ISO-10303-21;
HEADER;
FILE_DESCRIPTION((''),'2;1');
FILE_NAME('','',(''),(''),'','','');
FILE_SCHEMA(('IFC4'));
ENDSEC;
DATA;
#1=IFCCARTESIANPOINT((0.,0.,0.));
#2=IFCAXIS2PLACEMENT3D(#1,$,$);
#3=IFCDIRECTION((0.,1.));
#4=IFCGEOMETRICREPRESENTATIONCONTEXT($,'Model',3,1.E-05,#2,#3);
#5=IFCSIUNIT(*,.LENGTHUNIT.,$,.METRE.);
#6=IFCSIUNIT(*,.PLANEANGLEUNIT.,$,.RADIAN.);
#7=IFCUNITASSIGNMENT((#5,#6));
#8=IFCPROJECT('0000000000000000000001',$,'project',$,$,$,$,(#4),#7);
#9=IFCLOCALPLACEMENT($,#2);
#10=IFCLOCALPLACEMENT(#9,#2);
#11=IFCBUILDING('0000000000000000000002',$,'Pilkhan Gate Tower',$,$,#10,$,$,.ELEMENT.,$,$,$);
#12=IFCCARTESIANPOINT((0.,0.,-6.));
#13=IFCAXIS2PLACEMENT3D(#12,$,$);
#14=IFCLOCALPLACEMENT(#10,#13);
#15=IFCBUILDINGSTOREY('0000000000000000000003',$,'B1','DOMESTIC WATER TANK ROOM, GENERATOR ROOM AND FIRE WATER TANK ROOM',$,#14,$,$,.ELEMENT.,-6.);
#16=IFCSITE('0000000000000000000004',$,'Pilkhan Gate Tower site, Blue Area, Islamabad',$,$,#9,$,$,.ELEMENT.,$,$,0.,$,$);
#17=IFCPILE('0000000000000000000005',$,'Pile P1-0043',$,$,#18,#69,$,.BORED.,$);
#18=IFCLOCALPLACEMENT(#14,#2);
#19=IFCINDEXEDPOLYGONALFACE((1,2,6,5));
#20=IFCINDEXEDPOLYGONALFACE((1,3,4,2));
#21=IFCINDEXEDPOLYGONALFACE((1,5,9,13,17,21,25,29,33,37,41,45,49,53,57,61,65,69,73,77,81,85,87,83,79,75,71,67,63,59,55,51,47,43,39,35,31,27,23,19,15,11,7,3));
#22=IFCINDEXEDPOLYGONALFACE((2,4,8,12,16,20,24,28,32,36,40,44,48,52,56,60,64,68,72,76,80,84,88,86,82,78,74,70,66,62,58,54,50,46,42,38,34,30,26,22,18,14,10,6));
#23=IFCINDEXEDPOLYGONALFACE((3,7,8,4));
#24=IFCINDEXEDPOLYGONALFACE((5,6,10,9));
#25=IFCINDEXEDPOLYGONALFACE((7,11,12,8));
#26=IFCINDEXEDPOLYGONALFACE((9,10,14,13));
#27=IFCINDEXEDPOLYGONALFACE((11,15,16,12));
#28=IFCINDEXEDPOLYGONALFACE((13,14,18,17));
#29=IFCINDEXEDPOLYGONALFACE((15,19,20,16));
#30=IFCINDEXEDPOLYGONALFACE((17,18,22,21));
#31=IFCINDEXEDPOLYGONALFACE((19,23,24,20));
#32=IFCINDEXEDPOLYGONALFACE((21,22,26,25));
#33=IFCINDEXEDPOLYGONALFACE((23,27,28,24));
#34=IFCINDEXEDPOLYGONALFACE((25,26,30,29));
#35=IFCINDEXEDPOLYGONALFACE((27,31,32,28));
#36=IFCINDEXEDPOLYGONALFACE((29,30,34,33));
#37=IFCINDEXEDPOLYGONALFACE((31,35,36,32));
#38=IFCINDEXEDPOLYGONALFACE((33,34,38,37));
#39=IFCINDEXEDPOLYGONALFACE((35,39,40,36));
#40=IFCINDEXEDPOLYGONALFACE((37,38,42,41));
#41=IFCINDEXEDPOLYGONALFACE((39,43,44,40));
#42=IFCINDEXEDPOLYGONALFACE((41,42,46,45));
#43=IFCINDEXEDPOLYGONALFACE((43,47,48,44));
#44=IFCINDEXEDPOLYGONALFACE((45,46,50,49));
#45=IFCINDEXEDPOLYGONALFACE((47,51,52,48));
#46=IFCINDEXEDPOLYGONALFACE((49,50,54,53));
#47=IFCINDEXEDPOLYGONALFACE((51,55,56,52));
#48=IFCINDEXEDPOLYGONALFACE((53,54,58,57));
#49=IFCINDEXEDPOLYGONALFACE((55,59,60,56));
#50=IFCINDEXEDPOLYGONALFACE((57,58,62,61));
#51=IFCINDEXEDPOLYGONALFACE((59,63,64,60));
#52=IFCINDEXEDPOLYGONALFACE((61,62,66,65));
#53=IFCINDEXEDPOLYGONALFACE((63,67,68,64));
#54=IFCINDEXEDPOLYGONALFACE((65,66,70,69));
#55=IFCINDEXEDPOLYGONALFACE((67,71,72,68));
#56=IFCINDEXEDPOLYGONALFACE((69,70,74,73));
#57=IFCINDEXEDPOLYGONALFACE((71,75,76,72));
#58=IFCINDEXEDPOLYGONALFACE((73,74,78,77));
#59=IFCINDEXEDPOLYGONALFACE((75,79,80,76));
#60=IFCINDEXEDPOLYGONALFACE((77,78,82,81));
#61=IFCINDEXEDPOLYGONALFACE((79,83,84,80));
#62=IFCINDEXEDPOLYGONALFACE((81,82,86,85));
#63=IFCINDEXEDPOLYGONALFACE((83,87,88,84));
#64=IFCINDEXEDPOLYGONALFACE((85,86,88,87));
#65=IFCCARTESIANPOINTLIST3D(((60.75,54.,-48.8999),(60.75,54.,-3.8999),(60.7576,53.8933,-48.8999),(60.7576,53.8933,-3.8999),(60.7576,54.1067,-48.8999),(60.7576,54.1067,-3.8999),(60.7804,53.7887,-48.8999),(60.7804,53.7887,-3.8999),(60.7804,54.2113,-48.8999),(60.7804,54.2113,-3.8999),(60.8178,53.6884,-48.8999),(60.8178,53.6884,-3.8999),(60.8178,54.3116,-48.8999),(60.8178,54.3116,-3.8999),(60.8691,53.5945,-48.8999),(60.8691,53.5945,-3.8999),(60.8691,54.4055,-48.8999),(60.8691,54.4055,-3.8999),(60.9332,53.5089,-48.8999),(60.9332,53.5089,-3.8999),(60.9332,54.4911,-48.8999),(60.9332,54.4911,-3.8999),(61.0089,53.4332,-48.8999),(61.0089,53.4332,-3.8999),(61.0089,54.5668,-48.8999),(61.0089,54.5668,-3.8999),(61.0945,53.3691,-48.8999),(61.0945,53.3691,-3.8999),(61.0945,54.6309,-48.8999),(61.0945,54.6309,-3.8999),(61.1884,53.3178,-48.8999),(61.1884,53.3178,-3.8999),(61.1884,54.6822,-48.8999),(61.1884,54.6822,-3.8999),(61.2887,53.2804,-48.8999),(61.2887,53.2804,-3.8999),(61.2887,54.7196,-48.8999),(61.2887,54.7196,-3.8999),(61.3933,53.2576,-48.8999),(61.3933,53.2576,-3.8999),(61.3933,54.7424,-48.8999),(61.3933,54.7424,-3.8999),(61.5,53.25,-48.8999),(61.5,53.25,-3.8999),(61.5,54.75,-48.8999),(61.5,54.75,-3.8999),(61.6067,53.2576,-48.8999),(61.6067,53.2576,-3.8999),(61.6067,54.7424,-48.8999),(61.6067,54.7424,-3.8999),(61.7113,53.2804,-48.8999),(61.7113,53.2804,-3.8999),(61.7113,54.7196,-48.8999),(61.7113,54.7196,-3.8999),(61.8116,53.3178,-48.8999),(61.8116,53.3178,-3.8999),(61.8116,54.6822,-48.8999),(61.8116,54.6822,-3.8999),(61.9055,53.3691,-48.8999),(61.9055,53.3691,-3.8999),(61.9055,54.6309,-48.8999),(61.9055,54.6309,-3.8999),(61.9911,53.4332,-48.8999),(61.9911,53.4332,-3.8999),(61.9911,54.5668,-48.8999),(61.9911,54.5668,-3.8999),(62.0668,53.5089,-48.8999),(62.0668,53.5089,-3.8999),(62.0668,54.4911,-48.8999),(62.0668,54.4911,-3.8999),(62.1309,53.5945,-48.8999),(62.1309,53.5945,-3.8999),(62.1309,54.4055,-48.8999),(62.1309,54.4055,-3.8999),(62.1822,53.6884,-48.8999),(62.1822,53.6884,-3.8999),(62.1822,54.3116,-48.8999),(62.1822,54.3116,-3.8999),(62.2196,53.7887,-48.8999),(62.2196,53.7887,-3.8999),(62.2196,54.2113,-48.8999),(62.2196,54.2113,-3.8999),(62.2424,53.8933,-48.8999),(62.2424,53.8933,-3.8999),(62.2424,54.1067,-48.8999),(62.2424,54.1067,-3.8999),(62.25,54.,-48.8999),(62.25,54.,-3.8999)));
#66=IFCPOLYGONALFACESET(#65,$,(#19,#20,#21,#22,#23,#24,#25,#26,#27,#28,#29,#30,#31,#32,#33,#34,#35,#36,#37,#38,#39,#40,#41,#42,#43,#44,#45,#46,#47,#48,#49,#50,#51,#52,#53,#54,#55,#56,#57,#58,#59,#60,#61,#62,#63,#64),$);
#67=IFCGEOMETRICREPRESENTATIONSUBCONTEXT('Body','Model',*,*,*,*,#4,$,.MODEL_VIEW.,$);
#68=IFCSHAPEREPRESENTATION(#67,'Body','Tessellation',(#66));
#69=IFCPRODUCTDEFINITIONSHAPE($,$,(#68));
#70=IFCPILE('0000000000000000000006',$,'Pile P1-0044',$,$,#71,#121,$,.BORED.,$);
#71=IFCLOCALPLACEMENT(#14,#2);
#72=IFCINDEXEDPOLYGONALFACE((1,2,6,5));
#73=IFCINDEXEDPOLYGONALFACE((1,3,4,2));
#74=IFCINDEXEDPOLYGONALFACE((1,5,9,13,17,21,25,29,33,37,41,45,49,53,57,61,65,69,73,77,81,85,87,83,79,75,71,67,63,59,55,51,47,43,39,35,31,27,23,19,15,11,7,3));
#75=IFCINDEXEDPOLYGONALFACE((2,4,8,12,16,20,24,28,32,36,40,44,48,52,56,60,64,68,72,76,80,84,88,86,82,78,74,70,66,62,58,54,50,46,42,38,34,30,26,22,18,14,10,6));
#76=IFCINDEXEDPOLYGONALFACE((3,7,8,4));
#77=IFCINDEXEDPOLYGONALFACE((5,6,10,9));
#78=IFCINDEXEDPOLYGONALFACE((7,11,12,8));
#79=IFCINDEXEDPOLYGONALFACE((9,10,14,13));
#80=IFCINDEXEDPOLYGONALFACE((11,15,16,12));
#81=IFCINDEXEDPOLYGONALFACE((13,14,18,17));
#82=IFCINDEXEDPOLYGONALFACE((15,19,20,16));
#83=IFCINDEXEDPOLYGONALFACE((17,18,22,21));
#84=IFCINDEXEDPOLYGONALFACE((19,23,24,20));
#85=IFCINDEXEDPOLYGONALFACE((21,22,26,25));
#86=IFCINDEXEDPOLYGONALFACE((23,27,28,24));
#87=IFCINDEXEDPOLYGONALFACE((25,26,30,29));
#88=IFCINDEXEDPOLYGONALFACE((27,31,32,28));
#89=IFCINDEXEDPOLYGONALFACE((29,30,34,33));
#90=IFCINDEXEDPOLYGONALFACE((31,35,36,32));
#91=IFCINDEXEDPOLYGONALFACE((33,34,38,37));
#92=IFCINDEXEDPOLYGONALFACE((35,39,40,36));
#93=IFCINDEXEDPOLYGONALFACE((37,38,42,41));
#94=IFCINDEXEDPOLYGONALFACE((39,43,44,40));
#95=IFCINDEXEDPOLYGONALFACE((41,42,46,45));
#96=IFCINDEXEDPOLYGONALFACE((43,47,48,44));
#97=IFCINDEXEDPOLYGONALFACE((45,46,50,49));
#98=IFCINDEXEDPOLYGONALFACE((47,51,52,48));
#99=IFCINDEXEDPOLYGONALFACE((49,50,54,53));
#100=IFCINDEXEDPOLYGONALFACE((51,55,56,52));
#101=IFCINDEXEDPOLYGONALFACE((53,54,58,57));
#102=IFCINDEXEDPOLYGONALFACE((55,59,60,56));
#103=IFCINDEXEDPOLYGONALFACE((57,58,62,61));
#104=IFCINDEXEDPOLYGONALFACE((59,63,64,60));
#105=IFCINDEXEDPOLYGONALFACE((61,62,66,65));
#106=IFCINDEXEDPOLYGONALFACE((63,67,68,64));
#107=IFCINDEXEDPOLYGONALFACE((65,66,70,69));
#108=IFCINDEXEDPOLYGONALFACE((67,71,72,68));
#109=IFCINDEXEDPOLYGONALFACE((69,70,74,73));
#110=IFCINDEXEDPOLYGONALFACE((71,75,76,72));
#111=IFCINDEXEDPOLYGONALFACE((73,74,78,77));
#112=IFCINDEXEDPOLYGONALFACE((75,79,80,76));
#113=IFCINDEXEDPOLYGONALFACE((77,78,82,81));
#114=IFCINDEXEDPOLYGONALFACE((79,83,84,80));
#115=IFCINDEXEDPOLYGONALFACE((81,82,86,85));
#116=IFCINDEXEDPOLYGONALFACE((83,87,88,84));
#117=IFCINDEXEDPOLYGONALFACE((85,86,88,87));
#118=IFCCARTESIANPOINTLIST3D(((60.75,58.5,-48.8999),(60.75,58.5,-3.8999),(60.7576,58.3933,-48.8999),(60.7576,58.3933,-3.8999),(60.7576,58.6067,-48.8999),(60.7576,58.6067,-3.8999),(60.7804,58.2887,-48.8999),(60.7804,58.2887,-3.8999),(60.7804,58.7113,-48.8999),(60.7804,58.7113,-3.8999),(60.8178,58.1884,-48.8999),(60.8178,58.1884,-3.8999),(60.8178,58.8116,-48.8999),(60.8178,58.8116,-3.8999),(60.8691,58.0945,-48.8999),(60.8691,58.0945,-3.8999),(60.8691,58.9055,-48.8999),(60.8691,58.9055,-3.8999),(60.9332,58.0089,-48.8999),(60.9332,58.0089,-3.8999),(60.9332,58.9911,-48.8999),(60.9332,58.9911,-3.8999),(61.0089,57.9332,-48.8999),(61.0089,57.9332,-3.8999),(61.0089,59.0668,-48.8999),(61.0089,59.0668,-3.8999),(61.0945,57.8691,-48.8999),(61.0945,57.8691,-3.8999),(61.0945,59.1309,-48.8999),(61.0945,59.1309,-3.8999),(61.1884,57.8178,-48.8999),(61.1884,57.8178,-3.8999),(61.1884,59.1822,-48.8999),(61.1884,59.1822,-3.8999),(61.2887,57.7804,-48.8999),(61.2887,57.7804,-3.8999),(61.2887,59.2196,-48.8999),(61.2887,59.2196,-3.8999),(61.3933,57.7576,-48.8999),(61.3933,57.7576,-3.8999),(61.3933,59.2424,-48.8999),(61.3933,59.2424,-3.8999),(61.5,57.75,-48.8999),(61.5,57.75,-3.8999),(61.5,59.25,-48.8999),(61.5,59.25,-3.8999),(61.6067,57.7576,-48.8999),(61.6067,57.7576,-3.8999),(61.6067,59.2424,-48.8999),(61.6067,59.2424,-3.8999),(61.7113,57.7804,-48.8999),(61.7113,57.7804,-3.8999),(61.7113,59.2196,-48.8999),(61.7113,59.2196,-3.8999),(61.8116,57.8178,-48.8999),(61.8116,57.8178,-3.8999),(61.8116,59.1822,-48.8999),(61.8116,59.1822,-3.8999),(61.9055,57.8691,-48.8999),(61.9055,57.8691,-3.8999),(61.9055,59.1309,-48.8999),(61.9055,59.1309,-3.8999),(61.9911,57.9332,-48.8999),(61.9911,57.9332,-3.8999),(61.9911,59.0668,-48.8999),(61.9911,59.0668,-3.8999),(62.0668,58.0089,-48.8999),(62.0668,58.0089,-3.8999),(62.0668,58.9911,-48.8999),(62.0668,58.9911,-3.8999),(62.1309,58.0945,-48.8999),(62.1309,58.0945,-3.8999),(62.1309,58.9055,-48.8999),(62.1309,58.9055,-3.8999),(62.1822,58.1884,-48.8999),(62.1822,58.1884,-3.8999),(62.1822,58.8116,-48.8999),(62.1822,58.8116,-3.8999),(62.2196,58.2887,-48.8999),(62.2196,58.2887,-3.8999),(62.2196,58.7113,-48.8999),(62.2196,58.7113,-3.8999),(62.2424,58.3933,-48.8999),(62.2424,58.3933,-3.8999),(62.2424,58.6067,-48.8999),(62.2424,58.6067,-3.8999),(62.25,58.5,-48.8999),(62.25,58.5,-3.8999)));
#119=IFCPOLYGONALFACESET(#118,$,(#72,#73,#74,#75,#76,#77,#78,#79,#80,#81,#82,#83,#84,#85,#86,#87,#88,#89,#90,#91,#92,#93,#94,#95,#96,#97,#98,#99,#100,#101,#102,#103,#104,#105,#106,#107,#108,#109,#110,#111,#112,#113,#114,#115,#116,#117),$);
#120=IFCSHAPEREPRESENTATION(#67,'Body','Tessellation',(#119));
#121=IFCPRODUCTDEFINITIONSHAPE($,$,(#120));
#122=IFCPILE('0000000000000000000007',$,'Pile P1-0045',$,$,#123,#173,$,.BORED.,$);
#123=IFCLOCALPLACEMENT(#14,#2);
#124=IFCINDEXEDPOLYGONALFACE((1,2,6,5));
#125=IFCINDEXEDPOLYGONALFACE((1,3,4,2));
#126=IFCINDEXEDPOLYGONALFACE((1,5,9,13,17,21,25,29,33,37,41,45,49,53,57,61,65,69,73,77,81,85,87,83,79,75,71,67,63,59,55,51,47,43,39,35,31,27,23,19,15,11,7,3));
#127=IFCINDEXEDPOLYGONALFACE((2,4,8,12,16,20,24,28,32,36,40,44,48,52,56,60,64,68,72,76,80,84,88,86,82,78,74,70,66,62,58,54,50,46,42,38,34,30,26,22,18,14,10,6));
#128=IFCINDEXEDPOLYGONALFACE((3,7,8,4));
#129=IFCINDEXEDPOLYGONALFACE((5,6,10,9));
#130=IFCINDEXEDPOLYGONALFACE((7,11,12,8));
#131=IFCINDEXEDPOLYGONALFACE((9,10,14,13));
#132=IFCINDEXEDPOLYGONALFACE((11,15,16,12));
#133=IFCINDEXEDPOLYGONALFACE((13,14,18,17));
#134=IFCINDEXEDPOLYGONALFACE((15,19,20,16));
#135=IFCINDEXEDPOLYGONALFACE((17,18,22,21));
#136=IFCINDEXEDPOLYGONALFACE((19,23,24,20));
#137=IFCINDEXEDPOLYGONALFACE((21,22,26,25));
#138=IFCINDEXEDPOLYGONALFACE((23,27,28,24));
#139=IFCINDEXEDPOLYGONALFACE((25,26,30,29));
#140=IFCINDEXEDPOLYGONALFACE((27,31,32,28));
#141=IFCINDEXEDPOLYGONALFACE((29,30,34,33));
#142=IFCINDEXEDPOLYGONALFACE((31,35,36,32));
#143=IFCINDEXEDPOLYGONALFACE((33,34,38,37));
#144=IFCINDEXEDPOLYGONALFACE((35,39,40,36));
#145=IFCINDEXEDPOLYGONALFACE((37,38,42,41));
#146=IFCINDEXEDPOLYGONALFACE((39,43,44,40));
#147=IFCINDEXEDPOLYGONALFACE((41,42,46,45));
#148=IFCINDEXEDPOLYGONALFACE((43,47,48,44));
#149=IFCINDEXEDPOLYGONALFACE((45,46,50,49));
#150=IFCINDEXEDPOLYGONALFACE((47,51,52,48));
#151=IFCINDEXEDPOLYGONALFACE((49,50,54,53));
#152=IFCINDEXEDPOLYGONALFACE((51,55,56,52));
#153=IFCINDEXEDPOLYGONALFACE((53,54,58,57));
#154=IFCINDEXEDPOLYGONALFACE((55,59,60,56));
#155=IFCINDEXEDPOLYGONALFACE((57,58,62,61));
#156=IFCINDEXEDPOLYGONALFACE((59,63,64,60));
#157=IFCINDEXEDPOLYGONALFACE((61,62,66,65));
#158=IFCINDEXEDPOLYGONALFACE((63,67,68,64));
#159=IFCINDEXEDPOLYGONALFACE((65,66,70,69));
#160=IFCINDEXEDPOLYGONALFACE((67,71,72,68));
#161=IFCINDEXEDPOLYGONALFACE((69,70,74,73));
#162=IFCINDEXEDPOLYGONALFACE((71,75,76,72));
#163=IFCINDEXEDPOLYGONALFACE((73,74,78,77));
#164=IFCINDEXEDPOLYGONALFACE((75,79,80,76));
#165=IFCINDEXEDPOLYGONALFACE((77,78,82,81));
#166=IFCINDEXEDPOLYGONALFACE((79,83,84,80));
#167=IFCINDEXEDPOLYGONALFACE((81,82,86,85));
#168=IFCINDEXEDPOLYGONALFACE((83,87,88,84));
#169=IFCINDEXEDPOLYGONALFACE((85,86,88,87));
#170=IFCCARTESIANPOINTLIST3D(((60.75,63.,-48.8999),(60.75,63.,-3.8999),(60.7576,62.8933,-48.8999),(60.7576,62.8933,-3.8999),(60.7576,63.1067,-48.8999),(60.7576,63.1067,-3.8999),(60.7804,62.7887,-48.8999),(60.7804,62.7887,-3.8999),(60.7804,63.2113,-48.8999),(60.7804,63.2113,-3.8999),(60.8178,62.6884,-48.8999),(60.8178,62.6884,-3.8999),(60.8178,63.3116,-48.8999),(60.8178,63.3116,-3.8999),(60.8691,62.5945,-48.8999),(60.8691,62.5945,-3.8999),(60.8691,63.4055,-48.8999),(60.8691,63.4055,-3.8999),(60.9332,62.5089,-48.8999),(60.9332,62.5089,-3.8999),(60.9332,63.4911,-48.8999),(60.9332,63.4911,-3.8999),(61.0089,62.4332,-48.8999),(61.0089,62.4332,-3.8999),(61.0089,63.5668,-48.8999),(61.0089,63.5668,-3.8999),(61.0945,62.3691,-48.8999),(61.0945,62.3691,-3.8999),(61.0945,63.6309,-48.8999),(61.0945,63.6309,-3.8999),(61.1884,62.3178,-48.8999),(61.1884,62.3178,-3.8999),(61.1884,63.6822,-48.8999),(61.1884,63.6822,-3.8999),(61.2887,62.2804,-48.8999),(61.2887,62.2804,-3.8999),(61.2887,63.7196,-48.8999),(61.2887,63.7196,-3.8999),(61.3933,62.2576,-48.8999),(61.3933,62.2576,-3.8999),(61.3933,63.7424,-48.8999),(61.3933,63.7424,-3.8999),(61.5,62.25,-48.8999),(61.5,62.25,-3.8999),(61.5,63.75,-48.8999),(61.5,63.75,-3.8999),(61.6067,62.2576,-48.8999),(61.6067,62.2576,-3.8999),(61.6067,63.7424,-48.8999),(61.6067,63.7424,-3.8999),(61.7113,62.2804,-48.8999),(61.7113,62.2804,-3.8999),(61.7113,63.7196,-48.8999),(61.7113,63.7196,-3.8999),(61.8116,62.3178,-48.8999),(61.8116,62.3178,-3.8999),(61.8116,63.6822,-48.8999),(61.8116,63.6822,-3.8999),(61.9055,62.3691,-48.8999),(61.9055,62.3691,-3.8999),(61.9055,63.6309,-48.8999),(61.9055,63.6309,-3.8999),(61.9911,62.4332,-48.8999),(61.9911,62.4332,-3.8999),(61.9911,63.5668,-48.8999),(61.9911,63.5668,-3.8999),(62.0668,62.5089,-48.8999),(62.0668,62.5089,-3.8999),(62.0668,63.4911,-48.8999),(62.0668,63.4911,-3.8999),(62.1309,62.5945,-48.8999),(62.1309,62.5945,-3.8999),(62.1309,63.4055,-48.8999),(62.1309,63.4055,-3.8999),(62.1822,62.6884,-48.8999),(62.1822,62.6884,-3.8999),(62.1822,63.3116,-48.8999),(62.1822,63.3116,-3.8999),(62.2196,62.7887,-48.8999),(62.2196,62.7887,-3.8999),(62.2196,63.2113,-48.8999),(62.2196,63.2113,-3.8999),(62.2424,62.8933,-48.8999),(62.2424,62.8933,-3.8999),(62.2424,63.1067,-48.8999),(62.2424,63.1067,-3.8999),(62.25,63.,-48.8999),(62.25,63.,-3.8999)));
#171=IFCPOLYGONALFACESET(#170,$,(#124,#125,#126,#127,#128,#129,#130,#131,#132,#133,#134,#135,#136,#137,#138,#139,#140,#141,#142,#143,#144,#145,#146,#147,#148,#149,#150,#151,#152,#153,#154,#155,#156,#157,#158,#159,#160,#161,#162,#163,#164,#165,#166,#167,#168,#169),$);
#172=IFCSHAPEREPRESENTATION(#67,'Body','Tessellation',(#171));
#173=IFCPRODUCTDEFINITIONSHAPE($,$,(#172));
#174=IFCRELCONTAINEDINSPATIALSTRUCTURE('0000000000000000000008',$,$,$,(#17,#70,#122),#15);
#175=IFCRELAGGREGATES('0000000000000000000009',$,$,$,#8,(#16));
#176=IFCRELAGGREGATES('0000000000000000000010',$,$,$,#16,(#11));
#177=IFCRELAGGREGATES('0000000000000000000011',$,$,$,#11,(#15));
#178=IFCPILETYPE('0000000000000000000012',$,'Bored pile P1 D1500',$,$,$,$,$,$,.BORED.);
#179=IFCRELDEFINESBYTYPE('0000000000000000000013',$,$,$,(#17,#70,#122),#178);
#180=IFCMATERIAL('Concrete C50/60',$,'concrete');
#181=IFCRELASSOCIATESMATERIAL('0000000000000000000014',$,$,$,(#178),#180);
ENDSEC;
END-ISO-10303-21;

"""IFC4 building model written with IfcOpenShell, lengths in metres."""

from ifc_helpers import new_model, si_unit, direction, frame, origin, origin_2d, place, context, subcontext, project, spatial, circle, extrude, material, material_profile, profile_set, type_object, element, save


model = new_model("IFC4")

# Units and contexts
model_context = context("Model", 3, precision=1e-05, world=origin(), true_north=direction((0.0, 1.0)))
body_context = subcontext(model_context, "Body", "Model", "MODEL_VIEW")
ifc_project = project(units=[si_unit("LENGTHUNIT", "METRE"), si_unit("PLANEANGLEUNIT", "RADIAN")], contexts=[model_context])

# Site, building, storey
site_placement = place(None, origin())
site = spatial("IfcSite", under=ifc_project, at=site_placement, Name="Pilkhan Gate Tower site, Blue Area, Islamabad", CompositionType="ELEMENT", RefElevation=0.0)
building_placement = place(site_placement, origin())
building = spatial("IfcBuilding", under=site, at=building_placement, Name="Pilkhan Gate Tower", CompositionType="ELEMENT")
storey_placement = place(building_placement, frame((0.0, 0.0, -6.0)))
storey = spatial("IfcBuildingStorey", under=building, at=storey_placement, Name="B1", Description="DOMESTIC WATER TANK ROOM, GENERATOR ROOM AND FIRE WATER TANK ROOM", CompositionType="ELEMENT", Elevation=-6.0)

# Piles
ifc_material_1 = material(Name="Concrete C50/60", Category="concrete")
ifc_material_profile_1 = material_profile(ifc_material_1, circle(Radius=0.75, at=origin_2d()), Name="Bored pile 1500 dia")
ifc_profile_set_1 = profile_set([ifc_material_profile_1], Name="Concrete C50/60")
pile_type = type_object("IfcPileType", Name="Bored pile P1 D1500", PredefinedType="BORED", material=ifc_profile_set_1)
for number, where, z_axis, x_axis, name in (
    (1, (61.5, 54.0, -3.8999), (0.0, 0.0, -1.0), (1.0, 0.0, 0.0), "Pile P1-0043"),
    (2, (61.5, 58.5, -3.8999), (0.0, 0.0, -1.0), (1.0, 0.0, 0.0), "Pile P1-0044"),
    (3, (61.5, 63.0, -3.8999), (0.0, 0.0, -1.0), (1.0, 0.0, 0.0), "Pile P1-0045"),
):
    element("IfcPile", number, at=place(storey_placement, frame(where, z_axis=z_axis, x_axis=x_axis)), inside=storey, type_object=pile_type, Name=name, PredefinedType="BORED", context=body_context, shape_type="SweptSolid", body=[
        extrude(circle(Radius=0.75, at=origin_2d()), origin(), (0.0, 0.0, 1.0), 45.0),
    ])

save(model, "model.ifc")
